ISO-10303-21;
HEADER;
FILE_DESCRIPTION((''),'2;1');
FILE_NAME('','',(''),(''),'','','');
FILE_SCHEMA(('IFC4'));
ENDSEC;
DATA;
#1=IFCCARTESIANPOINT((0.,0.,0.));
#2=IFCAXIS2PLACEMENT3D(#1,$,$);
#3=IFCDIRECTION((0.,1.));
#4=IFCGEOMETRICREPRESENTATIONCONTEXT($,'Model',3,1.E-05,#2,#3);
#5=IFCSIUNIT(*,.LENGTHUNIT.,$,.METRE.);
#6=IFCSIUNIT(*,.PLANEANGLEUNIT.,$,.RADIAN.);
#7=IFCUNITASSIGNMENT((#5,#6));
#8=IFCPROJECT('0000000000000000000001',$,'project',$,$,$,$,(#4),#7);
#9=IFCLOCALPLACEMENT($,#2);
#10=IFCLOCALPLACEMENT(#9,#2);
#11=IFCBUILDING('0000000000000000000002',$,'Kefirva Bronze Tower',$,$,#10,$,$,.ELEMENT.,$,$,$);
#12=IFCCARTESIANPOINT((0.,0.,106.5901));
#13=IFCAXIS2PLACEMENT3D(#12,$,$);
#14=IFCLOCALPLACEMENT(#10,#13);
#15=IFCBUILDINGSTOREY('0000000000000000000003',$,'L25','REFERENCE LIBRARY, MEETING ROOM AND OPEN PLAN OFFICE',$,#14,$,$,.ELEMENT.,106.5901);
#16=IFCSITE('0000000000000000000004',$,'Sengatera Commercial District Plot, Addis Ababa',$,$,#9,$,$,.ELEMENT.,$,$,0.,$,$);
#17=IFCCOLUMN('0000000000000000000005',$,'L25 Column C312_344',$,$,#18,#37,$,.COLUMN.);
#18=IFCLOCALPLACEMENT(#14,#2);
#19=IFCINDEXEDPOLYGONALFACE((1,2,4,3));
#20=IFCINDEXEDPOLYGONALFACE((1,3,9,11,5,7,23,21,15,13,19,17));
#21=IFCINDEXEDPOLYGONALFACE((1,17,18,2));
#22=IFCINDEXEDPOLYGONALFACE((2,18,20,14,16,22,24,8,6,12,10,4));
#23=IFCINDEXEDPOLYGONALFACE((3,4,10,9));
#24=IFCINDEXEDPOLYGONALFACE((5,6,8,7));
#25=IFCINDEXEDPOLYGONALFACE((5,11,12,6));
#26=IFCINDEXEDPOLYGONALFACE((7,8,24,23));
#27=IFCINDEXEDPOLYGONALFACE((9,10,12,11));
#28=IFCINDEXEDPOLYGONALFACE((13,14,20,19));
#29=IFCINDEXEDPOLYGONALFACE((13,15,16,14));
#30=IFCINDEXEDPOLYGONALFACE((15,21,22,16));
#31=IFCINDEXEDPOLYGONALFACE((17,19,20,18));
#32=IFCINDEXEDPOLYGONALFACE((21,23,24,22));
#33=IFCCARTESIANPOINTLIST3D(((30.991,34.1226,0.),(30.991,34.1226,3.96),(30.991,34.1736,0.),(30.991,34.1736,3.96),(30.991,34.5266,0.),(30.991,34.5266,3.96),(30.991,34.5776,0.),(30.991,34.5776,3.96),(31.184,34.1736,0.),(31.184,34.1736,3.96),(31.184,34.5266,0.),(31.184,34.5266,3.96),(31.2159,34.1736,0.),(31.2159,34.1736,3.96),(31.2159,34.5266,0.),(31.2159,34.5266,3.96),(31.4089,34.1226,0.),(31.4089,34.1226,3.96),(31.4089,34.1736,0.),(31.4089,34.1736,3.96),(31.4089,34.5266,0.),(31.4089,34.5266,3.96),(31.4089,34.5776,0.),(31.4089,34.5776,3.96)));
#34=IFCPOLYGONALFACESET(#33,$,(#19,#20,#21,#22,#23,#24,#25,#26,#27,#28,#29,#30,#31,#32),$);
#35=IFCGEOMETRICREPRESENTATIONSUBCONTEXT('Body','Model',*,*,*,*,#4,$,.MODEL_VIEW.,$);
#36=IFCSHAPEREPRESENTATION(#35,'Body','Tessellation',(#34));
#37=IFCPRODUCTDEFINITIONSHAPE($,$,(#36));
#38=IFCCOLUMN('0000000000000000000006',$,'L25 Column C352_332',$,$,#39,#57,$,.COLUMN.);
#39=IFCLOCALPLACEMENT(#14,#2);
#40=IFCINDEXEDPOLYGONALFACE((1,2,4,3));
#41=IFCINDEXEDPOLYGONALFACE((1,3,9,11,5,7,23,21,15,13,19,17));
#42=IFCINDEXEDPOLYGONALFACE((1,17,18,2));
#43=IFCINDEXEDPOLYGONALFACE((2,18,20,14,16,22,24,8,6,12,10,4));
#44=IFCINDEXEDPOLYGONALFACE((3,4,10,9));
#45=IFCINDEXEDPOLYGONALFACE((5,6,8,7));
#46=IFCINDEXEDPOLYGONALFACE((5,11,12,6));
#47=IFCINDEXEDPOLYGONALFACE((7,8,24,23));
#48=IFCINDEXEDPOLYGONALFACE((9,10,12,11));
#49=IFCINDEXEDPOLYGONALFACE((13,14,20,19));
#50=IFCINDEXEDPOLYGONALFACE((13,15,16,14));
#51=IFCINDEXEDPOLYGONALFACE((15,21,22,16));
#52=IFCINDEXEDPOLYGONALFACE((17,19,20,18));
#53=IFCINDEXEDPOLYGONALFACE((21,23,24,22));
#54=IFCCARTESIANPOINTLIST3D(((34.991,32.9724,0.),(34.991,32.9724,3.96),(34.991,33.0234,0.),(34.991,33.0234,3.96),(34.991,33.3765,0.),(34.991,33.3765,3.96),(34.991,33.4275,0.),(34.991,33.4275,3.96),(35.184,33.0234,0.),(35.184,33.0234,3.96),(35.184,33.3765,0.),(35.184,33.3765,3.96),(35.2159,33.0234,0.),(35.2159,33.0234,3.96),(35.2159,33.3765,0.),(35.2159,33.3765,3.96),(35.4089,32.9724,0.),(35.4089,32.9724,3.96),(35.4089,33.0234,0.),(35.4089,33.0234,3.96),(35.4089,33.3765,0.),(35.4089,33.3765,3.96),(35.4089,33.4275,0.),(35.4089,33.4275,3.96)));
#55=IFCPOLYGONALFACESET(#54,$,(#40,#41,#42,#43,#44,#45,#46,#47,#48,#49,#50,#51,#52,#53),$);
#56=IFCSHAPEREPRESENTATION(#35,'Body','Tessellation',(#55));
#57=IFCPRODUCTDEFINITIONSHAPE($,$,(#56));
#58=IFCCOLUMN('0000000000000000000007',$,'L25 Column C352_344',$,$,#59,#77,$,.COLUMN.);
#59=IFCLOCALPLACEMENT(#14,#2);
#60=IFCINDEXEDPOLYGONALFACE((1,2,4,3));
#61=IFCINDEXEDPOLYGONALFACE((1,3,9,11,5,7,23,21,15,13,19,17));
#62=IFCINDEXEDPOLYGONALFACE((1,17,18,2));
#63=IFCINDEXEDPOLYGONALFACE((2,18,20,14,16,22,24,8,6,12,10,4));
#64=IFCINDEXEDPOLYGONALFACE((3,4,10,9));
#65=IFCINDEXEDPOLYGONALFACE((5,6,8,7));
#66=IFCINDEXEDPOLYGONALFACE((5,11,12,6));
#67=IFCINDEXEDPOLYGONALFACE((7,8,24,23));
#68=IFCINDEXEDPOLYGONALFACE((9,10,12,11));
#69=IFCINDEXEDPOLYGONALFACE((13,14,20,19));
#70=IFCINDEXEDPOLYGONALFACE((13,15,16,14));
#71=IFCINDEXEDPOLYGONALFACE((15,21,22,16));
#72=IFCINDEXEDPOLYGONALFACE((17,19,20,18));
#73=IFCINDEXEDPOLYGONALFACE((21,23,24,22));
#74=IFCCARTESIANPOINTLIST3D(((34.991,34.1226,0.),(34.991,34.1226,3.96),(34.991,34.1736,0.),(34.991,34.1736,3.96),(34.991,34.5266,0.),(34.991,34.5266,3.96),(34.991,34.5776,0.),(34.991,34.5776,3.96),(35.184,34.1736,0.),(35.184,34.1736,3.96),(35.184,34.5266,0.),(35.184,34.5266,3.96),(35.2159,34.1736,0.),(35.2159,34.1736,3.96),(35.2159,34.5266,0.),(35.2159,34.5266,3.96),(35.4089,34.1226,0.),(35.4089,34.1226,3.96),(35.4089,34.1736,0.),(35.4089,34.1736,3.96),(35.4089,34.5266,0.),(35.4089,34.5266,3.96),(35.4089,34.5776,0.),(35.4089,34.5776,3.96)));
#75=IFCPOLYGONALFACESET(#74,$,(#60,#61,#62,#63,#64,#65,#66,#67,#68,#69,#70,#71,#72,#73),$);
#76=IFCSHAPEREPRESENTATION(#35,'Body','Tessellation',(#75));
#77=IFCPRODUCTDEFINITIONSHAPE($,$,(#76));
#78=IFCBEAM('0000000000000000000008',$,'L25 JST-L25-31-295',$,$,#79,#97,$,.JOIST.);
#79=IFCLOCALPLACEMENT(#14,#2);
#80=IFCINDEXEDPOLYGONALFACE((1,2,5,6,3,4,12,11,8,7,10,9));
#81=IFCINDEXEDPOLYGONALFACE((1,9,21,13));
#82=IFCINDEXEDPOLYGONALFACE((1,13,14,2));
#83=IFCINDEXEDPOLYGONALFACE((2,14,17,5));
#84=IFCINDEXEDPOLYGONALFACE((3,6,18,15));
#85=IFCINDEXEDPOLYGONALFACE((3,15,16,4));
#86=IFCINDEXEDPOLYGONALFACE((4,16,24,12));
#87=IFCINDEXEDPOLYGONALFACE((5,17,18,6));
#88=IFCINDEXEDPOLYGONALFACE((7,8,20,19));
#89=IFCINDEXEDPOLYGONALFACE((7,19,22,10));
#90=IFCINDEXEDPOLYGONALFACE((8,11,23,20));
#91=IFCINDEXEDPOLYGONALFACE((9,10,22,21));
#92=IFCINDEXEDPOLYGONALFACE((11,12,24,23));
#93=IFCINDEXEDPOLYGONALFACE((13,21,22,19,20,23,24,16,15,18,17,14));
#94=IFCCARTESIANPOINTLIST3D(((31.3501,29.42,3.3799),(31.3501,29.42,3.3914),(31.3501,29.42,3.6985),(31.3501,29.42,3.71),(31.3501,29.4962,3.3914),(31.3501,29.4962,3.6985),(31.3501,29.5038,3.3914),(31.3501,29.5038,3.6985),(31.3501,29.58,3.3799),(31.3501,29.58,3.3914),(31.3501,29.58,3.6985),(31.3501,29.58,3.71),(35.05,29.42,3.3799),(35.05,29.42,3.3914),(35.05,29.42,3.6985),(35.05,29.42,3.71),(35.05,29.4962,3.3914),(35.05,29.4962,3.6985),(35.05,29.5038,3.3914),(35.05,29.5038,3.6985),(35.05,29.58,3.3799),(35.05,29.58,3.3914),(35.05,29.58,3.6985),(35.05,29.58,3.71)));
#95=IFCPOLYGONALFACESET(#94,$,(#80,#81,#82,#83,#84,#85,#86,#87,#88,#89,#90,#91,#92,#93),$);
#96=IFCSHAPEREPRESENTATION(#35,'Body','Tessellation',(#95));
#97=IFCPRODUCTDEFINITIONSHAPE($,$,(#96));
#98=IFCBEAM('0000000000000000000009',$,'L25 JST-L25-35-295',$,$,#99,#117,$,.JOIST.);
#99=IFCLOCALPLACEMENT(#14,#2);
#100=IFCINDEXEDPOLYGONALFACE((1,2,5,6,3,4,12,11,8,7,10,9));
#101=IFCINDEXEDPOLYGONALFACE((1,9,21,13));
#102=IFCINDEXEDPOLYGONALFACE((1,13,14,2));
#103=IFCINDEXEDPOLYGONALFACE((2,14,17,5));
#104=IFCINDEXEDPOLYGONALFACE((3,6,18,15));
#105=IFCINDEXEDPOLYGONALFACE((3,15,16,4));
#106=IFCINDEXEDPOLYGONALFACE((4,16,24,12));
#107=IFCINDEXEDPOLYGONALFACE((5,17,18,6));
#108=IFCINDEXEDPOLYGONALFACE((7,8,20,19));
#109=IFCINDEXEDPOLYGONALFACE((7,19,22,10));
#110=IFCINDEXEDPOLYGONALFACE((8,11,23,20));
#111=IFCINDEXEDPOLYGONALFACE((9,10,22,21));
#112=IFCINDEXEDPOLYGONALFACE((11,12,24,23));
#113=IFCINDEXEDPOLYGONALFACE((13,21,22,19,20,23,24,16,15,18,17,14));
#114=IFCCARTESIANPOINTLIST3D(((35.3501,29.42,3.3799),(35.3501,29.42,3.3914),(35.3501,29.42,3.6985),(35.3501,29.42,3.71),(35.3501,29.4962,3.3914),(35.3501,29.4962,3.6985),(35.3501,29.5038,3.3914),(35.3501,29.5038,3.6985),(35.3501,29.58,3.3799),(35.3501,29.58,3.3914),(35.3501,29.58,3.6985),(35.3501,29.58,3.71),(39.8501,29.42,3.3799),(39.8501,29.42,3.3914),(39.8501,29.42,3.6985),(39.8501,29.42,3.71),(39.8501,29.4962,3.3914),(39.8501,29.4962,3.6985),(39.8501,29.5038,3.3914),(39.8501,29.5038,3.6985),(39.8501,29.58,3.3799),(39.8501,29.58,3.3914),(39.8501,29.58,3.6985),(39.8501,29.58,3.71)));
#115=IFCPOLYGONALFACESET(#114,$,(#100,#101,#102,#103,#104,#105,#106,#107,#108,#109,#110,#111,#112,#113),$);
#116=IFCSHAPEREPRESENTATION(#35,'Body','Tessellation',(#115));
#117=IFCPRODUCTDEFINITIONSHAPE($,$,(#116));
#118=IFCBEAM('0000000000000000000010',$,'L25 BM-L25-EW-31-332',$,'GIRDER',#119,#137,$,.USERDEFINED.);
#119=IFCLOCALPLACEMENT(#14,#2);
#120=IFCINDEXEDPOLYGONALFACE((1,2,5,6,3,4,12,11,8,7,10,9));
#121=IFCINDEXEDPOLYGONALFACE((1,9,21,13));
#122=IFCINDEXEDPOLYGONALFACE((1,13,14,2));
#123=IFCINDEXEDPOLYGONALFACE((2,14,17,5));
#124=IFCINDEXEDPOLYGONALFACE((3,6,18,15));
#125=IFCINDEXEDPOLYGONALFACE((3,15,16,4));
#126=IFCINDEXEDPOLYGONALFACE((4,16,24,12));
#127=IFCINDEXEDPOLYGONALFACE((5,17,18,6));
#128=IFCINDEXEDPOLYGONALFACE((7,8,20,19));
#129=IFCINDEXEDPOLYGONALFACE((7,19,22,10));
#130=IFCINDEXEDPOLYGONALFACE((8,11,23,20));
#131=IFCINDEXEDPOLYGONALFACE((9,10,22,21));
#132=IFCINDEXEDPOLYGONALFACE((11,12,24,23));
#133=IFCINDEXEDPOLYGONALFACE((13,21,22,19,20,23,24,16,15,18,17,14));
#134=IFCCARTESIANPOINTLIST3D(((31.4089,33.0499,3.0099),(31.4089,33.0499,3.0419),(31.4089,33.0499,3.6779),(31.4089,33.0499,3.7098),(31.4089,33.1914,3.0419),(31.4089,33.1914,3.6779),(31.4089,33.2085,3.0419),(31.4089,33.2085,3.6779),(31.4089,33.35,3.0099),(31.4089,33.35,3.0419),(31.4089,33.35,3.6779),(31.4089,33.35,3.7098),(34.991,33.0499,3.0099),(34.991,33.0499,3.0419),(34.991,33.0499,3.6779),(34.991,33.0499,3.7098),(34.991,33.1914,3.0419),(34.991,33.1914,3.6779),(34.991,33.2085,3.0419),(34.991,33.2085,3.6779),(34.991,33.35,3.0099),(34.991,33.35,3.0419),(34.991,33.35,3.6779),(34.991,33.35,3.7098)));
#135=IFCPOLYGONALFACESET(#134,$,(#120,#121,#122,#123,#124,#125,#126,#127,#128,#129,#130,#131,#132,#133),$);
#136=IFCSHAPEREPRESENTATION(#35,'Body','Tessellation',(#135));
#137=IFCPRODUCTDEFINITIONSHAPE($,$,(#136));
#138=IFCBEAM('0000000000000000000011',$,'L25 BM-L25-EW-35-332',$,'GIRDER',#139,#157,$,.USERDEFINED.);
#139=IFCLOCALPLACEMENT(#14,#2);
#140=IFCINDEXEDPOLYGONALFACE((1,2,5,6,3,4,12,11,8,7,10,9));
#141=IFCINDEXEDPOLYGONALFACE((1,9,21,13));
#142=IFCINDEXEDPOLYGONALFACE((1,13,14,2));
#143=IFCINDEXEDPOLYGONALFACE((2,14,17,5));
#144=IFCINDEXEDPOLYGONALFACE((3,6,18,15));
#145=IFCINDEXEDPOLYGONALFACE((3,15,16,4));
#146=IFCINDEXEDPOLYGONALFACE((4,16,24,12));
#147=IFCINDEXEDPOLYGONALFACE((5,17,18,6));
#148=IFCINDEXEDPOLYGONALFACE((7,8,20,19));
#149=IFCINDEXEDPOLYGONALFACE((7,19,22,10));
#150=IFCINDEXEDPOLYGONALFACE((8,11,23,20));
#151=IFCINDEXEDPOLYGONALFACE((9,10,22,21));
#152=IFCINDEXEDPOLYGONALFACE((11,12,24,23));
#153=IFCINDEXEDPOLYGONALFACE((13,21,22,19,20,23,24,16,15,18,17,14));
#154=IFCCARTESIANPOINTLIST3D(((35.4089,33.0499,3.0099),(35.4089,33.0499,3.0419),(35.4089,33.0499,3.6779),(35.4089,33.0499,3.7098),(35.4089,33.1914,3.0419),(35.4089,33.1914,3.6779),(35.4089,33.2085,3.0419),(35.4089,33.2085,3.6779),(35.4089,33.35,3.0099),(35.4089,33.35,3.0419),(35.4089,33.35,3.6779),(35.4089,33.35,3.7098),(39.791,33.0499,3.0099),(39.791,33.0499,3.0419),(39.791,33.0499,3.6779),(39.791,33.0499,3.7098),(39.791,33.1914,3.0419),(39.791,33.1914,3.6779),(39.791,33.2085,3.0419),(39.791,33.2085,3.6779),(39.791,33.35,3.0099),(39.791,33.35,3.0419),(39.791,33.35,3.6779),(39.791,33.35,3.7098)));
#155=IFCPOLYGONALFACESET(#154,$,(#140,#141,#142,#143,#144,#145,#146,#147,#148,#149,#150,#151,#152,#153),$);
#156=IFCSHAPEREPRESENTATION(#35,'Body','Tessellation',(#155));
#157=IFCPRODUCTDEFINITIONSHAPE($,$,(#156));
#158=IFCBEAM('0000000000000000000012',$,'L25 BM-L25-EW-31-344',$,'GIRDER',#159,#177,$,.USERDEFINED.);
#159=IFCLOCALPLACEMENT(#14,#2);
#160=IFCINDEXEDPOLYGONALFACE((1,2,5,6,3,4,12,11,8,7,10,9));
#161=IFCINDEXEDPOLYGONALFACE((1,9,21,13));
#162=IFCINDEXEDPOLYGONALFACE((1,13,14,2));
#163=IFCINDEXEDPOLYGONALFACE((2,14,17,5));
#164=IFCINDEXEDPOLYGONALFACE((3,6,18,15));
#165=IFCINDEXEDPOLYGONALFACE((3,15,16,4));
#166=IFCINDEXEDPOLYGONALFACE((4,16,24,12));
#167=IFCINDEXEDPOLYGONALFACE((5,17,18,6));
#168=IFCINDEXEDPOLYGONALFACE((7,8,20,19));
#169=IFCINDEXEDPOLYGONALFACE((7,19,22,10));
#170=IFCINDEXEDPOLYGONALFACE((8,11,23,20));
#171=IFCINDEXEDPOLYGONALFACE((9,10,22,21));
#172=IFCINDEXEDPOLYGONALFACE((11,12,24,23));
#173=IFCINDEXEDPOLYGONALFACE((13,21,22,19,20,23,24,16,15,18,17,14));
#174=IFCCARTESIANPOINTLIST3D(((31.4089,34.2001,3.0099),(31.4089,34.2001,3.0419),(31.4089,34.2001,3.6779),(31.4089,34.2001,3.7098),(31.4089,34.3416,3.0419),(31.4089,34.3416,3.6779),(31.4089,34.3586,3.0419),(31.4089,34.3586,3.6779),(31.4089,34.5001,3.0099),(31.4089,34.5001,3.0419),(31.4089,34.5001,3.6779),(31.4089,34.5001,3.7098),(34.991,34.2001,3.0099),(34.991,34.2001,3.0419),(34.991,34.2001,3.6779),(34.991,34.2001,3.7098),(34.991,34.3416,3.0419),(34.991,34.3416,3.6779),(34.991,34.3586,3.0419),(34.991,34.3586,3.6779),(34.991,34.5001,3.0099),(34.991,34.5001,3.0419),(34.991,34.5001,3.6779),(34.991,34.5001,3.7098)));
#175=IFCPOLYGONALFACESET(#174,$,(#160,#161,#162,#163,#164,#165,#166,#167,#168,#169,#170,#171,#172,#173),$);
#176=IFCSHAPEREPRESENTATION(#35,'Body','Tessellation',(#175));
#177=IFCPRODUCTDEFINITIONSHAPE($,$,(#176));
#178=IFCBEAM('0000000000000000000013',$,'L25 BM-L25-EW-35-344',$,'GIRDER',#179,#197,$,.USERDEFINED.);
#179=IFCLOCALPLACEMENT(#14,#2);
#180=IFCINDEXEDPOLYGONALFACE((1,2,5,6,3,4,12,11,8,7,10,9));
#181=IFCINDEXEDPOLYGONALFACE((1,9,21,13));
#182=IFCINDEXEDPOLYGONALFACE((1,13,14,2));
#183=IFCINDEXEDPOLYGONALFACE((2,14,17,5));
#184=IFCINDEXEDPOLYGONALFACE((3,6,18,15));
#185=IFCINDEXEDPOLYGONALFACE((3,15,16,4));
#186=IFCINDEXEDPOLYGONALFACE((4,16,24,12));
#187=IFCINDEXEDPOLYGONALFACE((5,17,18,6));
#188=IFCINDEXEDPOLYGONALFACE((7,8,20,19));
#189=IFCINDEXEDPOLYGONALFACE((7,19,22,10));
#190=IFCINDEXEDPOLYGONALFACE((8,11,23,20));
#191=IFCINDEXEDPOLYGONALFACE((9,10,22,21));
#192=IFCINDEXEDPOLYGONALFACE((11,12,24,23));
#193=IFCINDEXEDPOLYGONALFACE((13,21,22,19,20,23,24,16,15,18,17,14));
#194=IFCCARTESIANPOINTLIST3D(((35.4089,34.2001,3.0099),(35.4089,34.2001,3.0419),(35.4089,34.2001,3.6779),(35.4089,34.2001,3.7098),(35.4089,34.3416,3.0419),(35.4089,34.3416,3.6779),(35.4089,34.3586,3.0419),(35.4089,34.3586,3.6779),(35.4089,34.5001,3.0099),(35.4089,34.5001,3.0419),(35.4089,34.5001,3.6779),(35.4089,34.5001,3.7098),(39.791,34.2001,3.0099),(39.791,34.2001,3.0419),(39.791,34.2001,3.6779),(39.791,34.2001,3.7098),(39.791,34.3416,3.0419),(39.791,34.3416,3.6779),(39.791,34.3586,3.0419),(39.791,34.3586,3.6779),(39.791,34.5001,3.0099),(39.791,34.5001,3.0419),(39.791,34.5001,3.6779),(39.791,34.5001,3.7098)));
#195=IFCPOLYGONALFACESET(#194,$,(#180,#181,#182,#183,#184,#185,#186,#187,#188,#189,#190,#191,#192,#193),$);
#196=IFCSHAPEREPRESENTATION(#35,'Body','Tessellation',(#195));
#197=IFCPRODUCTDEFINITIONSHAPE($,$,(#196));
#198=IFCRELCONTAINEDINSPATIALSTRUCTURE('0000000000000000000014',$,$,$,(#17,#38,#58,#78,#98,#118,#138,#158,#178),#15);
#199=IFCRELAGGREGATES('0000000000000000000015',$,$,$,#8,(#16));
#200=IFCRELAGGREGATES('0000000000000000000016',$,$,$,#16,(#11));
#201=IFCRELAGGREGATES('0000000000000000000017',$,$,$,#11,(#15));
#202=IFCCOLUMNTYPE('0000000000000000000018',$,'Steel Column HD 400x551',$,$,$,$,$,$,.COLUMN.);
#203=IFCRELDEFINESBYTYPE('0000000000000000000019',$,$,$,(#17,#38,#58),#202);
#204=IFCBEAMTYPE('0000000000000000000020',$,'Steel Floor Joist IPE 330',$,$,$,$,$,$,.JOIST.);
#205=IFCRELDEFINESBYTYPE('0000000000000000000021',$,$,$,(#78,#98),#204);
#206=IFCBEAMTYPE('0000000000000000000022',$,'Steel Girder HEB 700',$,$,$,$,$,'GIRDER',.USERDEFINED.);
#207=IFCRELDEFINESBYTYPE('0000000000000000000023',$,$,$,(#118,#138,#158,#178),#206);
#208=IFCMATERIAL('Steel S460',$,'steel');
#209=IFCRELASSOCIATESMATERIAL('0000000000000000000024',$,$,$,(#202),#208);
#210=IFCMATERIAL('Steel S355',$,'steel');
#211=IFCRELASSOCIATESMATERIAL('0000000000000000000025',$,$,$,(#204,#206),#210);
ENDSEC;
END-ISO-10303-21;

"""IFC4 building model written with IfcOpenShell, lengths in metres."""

from ifc_helpers import new_model, si_unit, direction, frame, origin, origin_2d, place, context, subcontext, project, spatial, i_section, extrude, material, material_profile, profile_set, type_object, element, save


model = new_model("IFC4")

# Units and contexts
model_context = context("Model", 3, precision=1e-05, world=origin(), true_north=direction((0.0, 1.0)))
body_context = subcontext(model_context, "Body", "Model", "MODEL_VIEW")
ifc_project = project(units=[si_unit("LENGTHUNIT", "METRE"), si_unit("PLANEANGLEUNIT", "RADIAN")], contexts=[model_context])

# Site, building, storey
site_placement = place(None, origin())
site = spatial("IfcSite", under=ifc_project, at=site_placement, Name="Sengatera Commercial District Plot, Addis Ababa", CompositionType="ELEMENT", RefElevation=0.0)
building_placement = place(site_placement, origin())
building = spatial("IfcBuilding", under=site, at=building_placement, Name="Kefirva Bronze Tower", CompositionType="ELEMENT")
storey_placement = place(building_placement, frame((0.0, 0.0, 106.5901)))
storey = spatial("IfcBuildingStorey", under=building, at=storey_placement, Name="L25", Description="REFERENCE LIBRARY, MEETING ROOM AND OPEN PLAN OFFICE", CompositionType="ELEMENT", Elevation=106.5901)

# Columns
ifc_material_1 = material(Name="Steel S460", Category="steel")
ifc_material_profile_1 = material_profile(ifc_material_1, i_section(OverallWidth=0.418, OverallDepth=0.4551, WebThickness=0.032, FlangeThickness=0.051, at=origin_2d()), Name="HD 400x551")
ifc_profile_set_1 = profile_set([ifc_material_profile_1], Name="Steel S460")
column_type = type_object("IfcColumnType", Name="Steel Column HD 400x551", PredefinedType="COLUMN", material=ifc_profile_set_1)
for number, where, z_axis, x_axis, name in (
    (1, (31.2, 34.3501, 0.0), (0.0, 0.0, 1.0), (1.0, 0.0, 0.0), "L25 Column C312_344"),
    (2, (35.2, 33.2, 0.0), (0.0, 0.0, 1.0), (1.0, 0.0, 0.0), "L25 Column C352_332"),
    (3, (35.2, 34.3501, 0.0), (0.0, 0.0, 1.0), (1.0, 0.0, 0.0), "L25 Column C352_344"),
):
    element("IfcColumn", number, at=place(storey_placement, frame(where, z_axis=z_axis, x_axis=x_axis)), inside=storey, type_object=column_type, Name=name, PredefinedType="COLUMN", context=body_context, shape_type="SweptSolid", body=[
        extrude(i_section(OverallWidth=0.418, OverallDepth=0.4551, WebThickness=0.032, FlangeThickness=0.051, at=origin_2d()), origin(), (0.0, 0.0, 1.0), 3.96),
    ])

# Beams
ifc_material_2 = material(Name="Steel S355", Category="steel")
ifc_material_profile_2 = material_profile(ifc_material_2, i_section(OverallWidth=0.1599, OverallDepth=0.3301, WebThickness=0.0076, FlangeThickness=0.0115, at=origin_2d()), Name="IPE 330")
ifc_profile_set_2 = profile_set([ifc_material_profile_2], Name="Steel S355")
beam_type_1 = type_object("IfcBeamType", Name="Steel Floor Joist IPE 330", PredefinedType="JOIST", material=ifc_profile_set_2)
beam_1_placement = place(storey_placement, frame((31.3501, 29.5, 3.5449), z_axis=(1.0, 0.0, 0.0), x_axis=(0.0, 1.0, 0.0)))
element("IfcBeam", 4, at=beam_1_placement, inside=storey, type_object=beam_type_1, Name="L25 JST-L25-31-295", PredefinedType="JOIST", context=body_context, shape_type="SweptSolid", body=[
    extrude(i_section(OverallWidth=0.1599, OverallDepth=0.3301, WebThickness=0.0076, FlangeThickness=0.0115, at=origin_2d()), origin(), (0.0, 0.0, 1.0), 3.7),
])
beam_2_placement = place(storey_placement, frame((35.3501, 29.5, 3.5449), z_axis=(1.0, 0.0, 0.0), x_axis=(0.0, 1.0, 0.0)))
element("IfcBeam", 5, at=beam_2_placement, inside=storey, type_object=beam_type_1, Name="L25 JST-L25-35-295", PredefinedType="JOIST", context=body_context, shape_type="SweptSolid", body=[
    extrude(i_section(OverallWidth=0.1599, OverallDepth=0.3301, WebThickness=0.0076, FlangeThickness=0.0115, at=origin_2d()), origin(), (0.0, 0.0, 1.0), 4.5),
])
ifc_material_profile_3 = material_profile(ifc_material_2, i_section(OverallWidth=0.3, OverallDepth=0.7, WebThickness=0.0171, FlangeThickness=0.032, at=origin_2d()), Name="HEB 700")
ifc_profile_set_3 = profile_set([ifc_material_profile_3], Name="Steel S355")
beam_type_2 = type_object("IfcBeamType", Name="Steel Girder HEB 700", ElementType="GIRDER", PredefinedType="USERDEFINED", material=ifc_profile_set_3)
beam_3_placement = place(storey_placement, frame((31.4089, 33.2, 3.3599), z_axis=(1.0, 0.0, 0.0), x_axis=(0.0, 1.0, 0.0)))
element("IfcBeam", 6, at=beam_3_placement, inside=storey, type_object=beam_type_2, Name="L25 BM-L25-EW-31-332", ObjectType="GIRDER", PredefinedType="USERDEFINED", context=body_context, shape_type="SweptSolid", body=[
    extrude(i_section(OverallWidth=0.3, OverallDepth=0.7, WebThickness=0.0171, FlangeThickness=0.032, at=origin_2d()), origin(), (0.0, 0.0, 1.0), 3.582),
])
beam_4_placement = place(storey_placement, frame((35.4089, 33.2, 3.3599), z_axis=(1.0, 0.0, 0.0), x_axis=(0.0, 1.0, 0.0)))
element("IfcBeam", 7, at=beam_4_placement, inside=storey, type_object=beam_type_2, Name="L25 BM-L25-EW-35-332", ObjectType="GIRDER", PredefinedType="USERDEFINED", context=body_context, shape_type="SweptSolid", body=[
    extrude(i_section(OverallWidth=0.3, OverallDepth=0.7, WebThickness=0.0171, FlangeThickness=0.032, at=origin_2d()), origin(), (0.0, 0.0, 1.0), 4.3821),
])
beam_5_placement = place(storey_placement, frame((31.4089, 34.3501, 3.3599), z_axis=(1.0, 0.0, 0.0), x_axis=(0.0, 1.0, 0.0)))
element("IfcBeam", 8, at=beam_5_placement, inside=storey, type_object=beam_type_2, Name="L25 BM-L25-EW-31-344", ObjectType="GIRDER", PredefinedType="USERDEFINED", context=body_context, shape_type="SweptSolid", body=[
    extrude(i_section(OverallWidth=0.3, OverallDepth=0.7, WebThickness=0.0171, FlangeThickness=0.032, at=origin_2d()), origin(), (0.0, 0.0, 1.0), 3.582),
])
beam_6_placement = place(storey_placement, frame((35.4089, 34.3501, 3.3599), z_axis=(1.0, 0.0, 0.0), x_axis=(0.0, 1.0, 0.0)))
element("IfcBeam", 9, at=beam_6_placement, inside=storey, type_object=beam_type_2, Name="L25 BM-L25-EW-35-344", ObjectType="GIRDER", PredefinedType="USERDEFINED", context=body_context, shape_type="SweptSolid", body=[
    extrude(i_section(OverallWidth=0.3, OverallDepth=0.7, WebThickness=0.0171, FlangeThickness=0.032, at=origin_2d()), origin(), (0.0, 0.0, 1.0), 4.3821),
])

save(model, "model.ifc")
